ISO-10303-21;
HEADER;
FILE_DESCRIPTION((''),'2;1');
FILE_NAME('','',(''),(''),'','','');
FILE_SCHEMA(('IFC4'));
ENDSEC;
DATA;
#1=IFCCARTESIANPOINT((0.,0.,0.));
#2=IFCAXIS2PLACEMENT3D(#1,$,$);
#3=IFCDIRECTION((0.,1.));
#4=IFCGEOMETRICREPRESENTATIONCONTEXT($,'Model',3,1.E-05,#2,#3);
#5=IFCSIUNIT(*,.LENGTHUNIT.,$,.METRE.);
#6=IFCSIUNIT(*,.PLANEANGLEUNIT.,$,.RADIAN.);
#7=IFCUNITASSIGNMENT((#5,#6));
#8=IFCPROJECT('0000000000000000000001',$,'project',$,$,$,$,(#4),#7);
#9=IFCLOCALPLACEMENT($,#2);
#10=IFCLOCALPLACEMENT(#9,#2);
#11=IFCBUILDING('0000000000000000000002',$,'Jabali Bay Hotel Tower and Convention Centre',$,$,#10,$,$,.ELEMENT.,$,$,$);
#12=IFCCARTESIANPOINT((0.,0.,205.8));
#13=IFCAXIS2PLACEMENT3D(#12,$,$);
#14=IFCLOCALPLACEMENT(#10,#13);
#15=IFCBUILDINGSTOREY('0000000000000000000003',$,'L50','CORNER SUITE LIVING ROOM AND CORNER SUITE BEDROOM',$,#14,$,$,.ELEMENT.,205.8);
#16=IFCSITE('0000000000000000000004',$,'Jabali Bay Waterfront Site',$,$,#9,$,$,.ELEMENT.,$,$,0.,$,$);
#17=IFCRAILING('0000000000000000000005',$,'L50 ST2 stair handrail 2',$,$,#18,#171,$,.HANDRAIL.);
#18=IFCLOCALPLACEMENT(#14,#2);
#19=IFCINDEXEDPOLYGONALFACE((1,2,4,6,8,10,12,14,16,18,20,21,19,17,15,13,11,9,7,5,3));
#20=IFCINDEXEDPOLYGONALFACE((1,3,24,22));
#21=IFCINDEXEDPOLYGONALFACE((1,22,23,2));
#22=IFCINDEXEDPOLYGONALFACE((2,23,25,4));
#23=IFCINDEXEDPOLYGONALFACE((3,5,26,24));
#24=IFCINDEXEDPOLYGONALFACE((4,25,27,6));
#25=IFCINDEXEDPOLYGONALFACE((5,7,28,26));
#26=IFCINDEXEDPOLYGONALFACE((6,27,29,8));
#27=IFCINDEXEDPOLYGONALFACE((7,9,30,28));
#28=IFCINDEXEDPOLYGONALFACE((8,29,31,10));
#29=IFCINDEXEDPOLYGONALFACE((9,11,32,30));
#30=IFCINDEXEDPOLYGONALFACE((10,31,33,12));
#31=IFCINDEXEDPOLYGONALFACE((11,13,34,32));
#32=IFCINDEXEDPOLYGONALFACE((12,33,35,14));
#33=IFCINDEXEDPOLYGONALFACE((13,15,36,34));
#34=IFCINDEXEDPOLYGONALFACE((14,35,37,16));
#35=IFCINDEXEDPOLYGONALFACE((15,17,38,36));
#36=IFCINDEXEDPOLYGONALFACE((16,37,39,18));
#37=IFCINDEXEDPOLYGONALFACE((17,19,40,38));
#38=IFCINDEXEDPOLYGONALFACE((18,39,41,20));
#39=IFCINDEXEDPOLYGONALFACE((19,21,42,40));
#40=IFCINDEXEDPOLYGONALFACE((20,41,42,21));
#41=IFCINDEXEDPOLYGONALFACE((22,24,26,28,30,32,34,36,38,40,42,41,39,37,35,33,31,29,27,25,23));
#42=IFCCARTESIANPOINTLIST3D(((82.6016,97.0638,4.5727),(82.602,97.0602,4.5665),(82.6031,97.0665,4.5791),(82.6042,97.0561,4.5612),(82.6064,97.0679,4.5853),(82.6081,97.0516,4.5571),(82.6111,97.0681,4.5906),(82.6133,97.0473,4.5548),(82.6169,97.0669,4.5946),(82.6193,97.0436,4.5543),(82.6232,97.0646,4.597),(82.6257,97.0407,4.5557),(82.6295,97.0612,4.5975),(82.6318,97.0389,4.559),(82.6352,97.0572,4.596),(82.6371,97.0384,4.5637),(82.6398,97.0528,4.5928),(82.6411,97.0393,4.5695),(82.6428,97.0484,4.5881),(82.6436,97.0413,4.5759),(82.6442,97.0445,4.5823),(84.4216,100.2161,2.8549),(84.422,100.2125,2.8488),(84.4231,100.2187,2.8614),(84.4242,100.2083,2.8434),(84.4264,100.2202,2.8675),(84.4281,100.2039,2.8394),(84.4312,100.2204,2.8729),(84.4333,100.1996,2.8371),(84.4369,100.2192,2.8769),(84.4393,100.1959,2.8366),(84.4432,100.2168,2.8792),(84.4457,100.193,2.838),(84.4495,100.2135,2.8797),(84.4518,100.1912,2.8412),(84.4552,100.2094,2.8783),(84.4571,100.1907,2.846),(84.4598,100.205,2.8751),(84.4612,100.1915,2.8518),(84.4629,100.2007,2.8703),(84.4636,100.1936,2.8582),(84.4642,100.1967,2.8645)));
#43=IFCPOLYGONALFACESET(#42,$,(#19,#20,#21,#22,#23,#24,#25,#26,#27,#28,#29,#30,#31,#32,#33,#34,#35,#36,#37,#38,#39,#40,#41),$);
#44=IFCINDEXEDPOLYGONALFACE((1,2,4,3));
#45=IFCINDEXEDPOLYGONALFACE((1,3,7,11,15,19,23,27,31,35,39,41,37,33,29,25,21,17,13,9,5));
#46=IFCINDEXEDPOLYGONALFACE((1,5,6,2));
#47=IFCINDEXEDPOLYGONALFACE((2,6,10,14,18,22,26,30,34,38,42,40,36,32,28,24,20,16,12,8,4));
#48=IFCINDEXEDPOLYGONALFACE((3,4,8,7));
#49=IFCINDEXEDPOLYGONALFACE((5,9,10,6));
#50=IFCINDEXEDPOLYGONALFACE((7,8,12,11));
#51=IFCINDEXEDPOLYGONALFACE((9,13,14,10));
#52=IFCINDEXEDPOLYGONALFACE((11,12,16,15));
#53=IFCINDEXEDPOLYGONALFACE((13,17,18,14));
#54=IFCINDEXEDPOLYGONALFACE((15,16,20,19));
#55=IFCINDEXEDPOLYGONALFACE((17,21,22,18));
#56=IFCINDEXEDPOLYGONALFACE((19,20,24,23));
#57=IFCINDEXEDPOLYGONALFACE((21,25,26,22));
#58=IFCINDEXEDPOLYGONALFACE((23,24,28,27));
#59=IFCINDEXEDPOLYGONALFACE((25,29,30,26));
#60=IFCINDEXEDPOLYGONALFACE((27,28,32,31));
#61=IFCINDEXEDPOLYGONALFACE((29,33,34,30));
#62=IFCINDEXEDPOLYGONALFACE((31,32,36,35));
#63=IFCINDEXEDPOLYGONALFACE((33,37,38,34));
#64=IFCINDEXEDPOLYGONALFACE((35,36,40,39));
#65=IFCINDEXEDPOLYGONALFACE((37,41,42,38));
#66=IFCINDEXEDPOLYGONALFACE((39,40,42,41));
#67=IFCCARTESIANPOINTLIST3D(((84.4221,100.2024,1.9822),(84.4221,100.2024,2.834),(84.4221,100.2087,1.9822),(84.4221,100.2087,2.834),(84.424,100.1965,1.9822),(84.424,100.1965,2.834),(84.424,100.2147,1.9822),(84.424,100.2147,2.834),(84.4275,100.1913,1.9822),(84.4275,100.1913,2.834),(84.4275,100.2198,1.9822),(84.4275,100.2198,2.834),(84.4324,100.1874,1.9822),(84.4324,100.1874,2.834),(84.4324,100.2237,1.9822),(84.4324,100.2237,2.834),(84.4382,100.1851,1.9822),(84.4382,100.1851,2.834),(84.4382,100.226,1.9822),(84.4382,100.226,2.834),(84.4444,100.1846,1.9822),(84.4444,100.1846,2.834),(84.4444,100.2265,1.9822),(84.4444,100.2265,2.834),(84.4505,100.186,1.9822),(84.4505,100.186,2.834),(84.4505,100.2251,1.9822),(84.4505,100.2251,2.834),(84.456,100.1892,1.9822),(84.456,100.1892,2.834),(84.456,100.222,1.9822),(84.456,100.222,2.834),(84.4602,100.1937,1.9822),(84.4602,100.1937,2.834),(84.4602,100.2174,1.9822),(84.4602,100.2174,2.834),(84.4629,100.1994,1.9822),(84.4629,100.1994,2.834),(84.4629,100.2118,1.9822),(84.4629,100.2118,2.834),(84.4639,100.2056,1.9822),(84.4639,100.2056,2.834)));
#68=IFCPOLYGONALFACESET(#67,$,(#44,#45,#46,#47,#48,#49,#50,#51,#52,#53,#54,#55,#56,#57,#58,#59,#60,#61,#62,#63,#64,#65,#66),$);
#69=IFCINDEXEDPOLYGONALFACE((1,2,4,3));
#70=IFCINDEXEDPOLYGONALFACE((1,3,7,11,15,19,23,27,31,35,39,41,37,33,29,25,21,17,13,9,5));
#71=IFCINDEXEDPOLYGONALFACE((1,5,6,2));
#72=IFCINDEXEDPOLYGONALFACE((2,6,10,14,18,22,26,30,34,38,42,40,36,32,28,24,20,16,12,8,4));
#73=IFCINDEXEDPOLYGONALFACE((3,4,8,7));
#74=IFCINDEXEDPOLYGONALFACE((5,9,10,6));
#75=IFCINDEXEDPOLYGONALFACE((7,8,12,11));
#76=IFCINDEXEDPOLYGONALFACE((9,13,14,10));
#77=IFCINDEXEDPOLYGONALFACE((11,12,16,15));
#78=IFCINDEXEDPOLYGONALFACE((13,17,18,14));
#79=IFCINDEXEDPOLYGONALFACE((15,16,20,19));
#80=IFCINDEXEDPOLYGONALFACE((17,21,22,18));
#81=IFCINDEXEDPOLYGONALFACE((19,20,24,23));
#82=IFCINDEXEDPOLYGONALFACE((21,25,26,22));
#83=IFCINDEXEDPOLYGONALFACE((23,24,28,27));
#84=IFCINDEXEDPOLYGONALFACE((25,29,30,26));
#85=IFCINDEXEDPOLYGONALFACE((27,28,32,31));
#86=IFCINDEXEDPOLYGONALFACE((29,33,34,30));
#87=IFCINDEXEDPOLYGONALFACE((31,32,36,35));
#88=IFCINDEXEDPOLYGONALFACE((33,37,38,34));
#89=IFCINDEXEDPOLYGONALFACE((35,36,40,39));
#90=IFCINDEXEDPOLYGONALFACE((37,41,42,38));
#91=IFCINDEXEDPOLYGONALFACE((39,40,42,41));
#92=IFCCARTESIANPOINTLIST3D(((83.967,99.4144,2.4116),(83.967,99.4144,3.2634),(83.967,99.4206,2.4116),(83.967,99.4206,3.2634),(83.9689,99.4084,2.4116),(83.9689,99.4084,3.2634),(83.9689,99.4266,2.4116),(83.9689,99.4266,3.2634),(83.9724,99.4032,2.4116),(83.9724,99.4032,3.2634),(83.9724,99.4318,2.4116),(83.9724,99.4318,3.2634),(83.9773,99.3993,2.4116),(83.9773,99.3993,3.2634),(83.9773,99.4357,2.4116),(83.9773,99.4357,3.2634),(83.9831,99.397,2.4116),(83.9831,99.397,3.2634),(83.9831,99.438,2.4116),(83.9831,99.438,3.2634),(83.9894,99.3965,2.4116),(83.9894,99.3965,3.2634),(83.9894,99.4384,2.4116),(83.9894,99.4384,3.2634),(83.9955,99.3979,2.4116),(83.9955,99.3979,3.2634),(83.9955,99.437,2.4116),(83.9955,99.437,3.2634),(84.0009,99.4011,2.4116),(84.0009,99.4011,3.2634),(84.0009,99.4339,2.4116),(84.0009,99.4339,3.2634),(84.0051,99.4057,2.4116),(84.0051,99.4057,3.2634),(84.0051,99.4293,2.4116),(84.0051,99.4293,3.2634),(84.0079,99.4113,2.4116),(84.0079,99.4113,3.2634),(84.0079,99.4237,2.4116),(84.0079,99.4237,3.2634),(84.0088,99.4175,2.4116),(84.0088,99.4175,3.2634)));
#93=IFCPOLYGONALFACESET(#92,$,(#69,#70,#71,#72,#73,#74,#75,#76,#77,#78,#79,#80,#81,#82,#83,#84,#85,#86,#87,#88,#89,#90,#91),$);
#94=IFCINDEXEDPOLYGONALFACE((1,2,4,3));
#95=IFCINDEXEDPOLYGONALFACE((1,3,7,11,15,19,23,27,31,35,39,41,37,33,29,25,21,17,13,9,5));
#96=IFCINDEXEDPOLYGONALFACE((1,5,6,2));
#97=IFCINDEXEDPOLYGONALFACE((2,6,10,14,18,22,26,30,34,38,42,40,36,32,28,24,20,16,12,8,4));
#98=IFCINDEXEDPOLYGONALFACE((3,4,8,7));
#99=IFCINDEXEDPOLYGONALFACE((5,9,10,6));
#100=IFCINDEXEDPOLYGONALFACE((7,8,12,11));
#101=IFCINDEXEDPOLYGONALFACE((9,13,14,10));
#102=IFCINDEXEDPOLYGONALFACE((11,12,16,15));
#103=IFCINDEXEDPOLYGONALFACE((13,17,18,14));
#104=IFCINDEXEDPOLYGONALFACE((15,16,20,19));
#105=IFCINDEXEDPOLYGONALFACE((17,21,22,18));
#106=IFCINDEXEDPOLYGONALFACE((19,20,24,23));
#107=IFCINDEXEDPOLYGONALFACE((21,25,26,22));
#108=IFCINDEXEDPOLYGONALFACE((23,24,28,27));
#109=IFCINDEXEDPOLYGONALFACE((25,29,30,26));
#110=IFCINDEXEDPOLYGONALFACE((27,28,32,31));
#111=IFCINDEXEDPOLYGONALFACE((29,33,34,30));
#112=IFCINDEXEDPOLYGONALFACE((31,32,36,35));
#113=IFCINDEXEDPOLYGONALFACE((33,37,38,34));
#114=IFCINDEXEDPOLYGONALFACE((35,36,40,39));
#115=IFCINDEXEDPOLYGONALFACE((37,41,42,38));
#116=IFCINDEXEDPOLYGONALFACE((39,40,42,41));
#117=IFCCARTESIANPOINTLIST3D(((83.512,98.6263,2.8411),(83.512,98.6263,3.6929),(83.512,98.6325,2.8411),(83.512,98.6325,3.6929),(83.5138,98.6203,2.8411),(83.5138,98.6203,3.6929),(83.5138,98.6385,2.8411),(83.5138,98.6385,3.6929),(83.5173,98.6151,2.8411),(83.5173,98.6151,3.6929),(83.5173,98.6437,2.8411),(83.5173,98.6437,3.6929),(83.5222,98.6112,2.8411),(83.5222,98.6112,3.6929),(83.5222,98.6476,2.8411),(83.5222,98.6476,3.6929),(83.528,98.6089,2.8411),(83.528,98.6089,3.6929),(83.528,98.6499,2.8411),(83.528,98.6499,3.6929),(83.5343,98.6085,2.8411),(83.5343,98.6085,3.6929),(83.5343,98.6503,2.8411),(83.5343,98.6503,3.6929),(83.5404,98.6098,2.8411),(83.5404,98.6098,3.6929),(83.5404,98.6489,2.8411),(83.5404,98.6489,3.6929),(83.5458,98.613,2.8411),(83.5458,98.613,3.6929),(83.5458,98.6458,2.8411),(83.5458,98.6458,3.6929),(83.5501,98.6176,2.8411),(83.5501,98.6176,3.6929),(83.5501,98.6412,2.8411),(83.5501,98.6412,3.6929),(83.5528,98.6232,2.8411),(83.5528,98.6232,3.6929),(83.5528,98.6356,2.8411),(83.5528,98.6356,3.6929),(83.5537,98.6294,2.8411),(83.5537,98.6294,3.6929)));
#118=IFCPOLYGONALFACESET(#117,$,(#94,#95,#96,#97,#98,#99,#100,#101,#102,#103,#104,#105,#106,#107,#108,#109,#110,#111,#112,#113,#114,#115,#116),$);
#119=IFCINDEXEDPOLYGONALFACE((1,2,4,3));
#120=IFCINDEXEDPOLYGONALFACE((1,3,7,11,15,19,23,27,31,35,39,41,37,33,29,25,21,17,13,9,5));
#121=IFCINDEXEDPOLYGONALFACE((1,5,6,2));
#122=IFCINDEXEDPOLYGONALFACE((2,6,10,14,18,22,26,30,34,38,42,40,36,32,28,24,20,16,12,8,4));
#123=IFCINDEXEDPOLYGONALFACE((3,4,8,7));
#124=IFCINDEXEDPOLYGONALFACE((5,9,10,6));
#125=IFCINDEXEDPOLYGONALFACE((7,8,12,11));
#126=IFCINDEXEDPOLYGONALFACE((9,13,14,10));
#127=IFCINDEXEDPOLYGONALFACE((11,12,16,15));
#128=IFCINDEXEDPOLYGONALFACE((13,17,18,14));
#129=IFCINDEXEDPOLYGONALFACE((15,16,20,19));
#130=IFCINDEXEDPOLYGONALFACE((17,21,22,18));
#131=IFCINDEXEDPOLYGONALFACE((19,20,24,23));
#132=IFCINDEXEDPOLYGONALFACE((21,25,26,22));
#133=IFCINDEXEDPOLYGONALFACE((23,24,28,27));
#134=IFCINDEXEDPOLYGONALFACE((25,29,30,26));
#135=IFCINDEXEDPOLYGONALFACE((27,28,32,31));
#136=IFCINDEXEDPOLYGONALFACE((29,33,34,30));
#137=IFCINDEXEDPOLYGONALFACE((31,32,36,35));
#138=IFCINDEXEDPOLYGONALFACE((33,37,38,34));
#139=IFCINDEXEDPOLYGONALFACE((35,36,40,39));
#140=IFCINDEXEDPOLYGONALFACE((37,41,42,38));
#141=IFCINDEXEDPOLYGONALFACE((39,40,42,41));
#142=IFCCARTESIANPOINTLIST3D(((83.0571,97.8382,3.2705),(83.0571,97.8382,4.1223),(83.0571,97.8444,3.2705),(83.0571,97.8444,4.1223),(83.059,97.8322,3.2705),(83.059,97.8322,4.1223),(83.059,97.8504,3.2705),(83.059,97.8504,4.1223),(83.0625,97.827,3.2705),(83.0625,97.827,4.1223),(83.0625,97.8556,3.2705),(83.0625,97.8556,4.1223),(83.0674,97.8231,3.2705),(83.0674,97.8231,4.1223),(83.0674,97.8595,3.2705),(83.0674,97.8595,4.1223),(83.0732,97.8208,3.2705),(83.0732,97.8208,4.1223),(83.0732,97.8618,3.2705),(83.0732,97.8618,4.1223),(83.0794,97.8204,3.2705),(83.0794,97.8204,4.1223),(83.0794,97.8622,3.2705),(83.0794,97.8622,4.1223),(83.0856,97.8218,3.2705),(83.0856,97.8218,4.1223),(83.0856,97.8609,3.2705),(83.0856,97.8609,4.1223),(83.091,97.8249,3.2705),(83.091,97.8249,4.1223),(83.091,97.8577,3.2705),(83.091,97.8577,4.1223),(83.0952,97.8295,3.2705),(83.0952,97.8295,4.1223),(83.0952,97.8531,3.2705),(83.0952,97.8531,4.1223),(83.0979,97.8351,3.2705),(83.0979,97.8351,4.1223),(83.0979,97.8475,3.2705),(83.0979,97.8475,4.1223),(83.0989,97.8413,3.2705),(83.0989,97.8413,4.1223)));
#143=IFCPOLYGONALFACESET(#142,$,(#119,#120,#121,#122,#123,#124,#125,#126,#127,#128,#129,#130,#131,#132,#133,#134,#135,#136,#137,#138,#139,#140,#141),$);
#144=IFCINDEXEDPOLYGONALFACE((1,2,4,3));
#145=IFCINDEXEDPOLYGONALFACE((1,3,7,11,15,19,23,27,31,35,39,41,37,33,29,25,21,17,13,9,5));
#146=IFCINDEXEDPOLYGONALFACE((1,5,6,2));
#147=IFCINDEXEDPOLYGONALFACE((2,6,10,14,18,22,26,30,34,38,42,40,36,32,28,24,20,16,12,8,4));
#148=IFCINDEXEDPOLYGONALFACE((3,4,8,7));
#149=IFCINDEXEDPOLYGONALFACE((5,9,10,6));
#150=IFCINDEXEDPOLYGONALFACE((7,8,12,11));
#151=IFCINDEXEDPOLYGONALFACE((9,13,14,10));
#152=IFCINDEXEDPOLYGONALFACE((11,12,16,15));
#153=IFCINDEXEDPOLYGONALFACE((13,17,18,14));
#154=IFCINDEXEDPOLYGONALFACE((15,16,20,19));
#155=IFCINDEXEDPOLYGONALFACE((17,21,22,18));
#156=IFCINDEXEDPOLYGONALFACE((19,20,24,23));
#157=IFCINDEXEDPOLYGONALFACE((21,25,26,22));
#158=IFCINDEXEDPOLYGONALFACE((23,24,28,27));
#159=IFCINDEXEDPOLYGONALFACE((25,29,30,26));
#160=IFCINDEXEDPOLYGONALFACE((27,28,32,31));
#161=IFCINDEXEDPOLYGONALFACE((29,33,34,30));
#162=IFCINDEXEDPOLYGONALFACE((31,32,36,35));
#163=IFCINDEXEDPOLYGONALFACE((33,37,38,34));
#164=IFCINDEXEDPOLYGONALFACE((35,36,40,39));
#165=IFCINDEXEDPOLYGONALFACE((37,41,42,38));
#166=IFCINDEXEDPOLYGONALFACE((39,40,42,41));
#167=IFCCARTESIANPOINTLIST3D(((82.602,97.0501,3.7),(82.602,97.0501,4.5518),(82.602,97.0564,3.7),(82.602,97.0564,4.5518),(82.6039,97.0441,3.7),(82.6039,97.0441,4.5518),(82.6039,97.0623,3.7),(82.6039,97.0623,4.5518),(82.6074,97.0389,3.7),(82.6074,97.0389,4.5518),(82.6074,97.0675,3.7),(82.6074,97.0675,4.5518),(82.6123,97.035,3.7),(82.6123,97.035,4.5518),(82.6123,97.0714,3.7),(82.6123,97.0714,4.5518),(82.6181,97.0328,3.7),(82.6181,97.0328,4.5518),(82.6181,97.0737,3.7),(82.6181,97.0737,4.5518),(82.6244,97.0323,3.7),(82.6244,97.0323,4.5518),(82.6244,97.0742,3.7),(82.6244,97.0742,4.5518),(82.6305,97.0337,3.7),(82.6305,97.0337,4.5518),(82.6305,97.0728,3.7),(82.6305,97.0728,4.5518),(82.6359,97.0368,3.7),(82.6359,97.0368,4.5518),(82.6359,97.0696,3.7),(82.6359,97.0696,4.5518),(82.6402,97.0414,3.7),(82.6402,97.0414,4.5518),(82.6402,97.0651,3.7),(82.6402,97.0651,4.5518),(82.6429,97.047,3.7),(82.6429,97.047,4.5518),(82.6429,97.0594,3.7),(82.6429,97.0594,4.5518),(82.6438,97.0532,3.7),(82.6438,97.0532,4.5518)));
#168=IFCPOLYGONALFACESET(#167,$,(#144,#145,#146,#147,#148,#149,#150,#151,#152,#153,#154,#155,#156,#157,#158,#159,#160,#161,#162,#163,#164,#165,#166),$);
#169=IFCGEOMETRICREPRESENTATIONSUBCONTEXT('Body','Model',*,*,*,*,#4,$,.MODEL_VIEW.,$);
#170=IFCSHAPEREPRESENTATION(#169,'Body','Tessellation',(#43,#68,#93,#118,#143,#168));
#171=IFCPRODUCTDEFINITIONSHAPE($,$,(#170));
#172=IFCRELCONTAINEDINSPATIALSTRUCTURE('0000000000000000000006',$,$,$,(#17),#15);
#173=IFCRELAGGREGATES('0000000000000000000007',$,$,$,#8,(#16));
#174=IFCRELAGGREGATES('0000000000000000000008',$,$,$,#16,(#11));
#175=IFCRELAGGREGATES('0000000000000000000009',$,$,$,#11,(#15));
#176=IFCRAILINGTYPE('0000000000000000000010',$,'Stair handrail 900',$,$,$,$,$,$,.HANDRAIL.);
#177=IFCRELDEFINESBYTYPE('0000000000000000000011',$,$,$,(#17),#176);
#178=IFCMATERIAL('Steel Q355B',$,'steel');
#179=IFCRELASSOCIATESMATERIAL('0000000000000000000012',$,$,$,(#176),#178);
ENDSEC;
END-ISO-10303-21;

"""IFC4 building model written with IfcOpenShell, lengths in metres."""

from ifc_helpers import new_model, si_unit, direction, frame, origin, origin_2d, place, context, subcontext, project, spatial, circle, extrude, material, type_object, element, save


model = new_model("IFC4")

# Units and contexts
model_context = context("Model", 3, precision=1e-05, world=origin(), true_north=direction((0.0, 1.0)))
body_context = subcontext(model_context, "Body", "Model", "MODEL_VIEW")
ifc_project = project(units=[si_unit("LENGTHUNIT", "METRE"), si_unit("PLANEANGLEUNIT", "RADIAN")], contexts=[model_context])

# Site, building, storey
site_placement = place(None, origin())
site = spatial("IfcSite", under=ifc_project, at=site_placement, Name="Jabali Bay Waterfront Site", CompositionType="ELEMENT", RefElevation=0.0)
building_placement = place(site_placement, origin())
building = spatial("IfcBuilding", under=site, at=building_placement, Name="Jabali Bay Hotel Tower and Convention Centre", CompositionType="ELEMENT")
storey_placement = place(building_placement, frame((0.0, 0.0, 205.8)))
storey = spatial("IfcBuildingStorey", under=building, at=storey_placement, Name="L50", Description="CORNER SUITE LIVING ROOM AND CORNER SUITE BEDROOM", CompositionType="ELEMENT", Elevation=205.8)

# Railing
ifc_material_1 = material(Name="Steel Q355B", Category="steel")
railing_type_1 = type_object("IfcRailingType", Name="Stair handrail 900", PredefinedType="HANDRAIL", material=ifc_material_1)
railing_1_placement = place(storey_placement, frame((84.4429, 100.2056, 1.9822)))
element("IfcRailing", 1, at=railing_1_placement, inside=storey, type_object=railing_type_1, Name="L50 ST2 stair handrail 2", PredefinedType="HANDRAIL", context=body_context, shape_type="SweptSolid", body=[
    extrude(circle(Radius=0.0239, at=origin_2d()), frame((0.0, 0.0, 0.876), z_axis=(-0.45219, -0.78319, 0.426775), x_axis=(0.866018, -0.500013, 0.0)), (0.0, 0.0, 1.0), 4.0249),
    extrude(circle(Radius=0.021, at=origin_2d()), origin(), (0.0, 0.0, 1.0), 0.8518),
    extrude(circle(Radius=0.021, at=origin_2d()), frame((-0.4551, -0.7881, 0.4294)), (0.0, 0.0, 1.0), 0.8518),
    extrude(circle(Radius=0.021, at=origin_2d()), frame((-0.9102, -1.5762, 0.8589)), (0.0, 0.0, 1.0), 0.8518),
    extrude(circle(Radius=0.021, at=origin_2d()), frame((-1.365, -2.3643, 1.2883)), (0.0, 0.0, 1.0), 0.8518),
    extrude(circle(Radius=0.021, at=origin_2d()), frame((-1.8201, -3.1523, 1.7178)), (0.0, 0.0, 1.0), 0.8518),
])

save(model, "model.ifc")
